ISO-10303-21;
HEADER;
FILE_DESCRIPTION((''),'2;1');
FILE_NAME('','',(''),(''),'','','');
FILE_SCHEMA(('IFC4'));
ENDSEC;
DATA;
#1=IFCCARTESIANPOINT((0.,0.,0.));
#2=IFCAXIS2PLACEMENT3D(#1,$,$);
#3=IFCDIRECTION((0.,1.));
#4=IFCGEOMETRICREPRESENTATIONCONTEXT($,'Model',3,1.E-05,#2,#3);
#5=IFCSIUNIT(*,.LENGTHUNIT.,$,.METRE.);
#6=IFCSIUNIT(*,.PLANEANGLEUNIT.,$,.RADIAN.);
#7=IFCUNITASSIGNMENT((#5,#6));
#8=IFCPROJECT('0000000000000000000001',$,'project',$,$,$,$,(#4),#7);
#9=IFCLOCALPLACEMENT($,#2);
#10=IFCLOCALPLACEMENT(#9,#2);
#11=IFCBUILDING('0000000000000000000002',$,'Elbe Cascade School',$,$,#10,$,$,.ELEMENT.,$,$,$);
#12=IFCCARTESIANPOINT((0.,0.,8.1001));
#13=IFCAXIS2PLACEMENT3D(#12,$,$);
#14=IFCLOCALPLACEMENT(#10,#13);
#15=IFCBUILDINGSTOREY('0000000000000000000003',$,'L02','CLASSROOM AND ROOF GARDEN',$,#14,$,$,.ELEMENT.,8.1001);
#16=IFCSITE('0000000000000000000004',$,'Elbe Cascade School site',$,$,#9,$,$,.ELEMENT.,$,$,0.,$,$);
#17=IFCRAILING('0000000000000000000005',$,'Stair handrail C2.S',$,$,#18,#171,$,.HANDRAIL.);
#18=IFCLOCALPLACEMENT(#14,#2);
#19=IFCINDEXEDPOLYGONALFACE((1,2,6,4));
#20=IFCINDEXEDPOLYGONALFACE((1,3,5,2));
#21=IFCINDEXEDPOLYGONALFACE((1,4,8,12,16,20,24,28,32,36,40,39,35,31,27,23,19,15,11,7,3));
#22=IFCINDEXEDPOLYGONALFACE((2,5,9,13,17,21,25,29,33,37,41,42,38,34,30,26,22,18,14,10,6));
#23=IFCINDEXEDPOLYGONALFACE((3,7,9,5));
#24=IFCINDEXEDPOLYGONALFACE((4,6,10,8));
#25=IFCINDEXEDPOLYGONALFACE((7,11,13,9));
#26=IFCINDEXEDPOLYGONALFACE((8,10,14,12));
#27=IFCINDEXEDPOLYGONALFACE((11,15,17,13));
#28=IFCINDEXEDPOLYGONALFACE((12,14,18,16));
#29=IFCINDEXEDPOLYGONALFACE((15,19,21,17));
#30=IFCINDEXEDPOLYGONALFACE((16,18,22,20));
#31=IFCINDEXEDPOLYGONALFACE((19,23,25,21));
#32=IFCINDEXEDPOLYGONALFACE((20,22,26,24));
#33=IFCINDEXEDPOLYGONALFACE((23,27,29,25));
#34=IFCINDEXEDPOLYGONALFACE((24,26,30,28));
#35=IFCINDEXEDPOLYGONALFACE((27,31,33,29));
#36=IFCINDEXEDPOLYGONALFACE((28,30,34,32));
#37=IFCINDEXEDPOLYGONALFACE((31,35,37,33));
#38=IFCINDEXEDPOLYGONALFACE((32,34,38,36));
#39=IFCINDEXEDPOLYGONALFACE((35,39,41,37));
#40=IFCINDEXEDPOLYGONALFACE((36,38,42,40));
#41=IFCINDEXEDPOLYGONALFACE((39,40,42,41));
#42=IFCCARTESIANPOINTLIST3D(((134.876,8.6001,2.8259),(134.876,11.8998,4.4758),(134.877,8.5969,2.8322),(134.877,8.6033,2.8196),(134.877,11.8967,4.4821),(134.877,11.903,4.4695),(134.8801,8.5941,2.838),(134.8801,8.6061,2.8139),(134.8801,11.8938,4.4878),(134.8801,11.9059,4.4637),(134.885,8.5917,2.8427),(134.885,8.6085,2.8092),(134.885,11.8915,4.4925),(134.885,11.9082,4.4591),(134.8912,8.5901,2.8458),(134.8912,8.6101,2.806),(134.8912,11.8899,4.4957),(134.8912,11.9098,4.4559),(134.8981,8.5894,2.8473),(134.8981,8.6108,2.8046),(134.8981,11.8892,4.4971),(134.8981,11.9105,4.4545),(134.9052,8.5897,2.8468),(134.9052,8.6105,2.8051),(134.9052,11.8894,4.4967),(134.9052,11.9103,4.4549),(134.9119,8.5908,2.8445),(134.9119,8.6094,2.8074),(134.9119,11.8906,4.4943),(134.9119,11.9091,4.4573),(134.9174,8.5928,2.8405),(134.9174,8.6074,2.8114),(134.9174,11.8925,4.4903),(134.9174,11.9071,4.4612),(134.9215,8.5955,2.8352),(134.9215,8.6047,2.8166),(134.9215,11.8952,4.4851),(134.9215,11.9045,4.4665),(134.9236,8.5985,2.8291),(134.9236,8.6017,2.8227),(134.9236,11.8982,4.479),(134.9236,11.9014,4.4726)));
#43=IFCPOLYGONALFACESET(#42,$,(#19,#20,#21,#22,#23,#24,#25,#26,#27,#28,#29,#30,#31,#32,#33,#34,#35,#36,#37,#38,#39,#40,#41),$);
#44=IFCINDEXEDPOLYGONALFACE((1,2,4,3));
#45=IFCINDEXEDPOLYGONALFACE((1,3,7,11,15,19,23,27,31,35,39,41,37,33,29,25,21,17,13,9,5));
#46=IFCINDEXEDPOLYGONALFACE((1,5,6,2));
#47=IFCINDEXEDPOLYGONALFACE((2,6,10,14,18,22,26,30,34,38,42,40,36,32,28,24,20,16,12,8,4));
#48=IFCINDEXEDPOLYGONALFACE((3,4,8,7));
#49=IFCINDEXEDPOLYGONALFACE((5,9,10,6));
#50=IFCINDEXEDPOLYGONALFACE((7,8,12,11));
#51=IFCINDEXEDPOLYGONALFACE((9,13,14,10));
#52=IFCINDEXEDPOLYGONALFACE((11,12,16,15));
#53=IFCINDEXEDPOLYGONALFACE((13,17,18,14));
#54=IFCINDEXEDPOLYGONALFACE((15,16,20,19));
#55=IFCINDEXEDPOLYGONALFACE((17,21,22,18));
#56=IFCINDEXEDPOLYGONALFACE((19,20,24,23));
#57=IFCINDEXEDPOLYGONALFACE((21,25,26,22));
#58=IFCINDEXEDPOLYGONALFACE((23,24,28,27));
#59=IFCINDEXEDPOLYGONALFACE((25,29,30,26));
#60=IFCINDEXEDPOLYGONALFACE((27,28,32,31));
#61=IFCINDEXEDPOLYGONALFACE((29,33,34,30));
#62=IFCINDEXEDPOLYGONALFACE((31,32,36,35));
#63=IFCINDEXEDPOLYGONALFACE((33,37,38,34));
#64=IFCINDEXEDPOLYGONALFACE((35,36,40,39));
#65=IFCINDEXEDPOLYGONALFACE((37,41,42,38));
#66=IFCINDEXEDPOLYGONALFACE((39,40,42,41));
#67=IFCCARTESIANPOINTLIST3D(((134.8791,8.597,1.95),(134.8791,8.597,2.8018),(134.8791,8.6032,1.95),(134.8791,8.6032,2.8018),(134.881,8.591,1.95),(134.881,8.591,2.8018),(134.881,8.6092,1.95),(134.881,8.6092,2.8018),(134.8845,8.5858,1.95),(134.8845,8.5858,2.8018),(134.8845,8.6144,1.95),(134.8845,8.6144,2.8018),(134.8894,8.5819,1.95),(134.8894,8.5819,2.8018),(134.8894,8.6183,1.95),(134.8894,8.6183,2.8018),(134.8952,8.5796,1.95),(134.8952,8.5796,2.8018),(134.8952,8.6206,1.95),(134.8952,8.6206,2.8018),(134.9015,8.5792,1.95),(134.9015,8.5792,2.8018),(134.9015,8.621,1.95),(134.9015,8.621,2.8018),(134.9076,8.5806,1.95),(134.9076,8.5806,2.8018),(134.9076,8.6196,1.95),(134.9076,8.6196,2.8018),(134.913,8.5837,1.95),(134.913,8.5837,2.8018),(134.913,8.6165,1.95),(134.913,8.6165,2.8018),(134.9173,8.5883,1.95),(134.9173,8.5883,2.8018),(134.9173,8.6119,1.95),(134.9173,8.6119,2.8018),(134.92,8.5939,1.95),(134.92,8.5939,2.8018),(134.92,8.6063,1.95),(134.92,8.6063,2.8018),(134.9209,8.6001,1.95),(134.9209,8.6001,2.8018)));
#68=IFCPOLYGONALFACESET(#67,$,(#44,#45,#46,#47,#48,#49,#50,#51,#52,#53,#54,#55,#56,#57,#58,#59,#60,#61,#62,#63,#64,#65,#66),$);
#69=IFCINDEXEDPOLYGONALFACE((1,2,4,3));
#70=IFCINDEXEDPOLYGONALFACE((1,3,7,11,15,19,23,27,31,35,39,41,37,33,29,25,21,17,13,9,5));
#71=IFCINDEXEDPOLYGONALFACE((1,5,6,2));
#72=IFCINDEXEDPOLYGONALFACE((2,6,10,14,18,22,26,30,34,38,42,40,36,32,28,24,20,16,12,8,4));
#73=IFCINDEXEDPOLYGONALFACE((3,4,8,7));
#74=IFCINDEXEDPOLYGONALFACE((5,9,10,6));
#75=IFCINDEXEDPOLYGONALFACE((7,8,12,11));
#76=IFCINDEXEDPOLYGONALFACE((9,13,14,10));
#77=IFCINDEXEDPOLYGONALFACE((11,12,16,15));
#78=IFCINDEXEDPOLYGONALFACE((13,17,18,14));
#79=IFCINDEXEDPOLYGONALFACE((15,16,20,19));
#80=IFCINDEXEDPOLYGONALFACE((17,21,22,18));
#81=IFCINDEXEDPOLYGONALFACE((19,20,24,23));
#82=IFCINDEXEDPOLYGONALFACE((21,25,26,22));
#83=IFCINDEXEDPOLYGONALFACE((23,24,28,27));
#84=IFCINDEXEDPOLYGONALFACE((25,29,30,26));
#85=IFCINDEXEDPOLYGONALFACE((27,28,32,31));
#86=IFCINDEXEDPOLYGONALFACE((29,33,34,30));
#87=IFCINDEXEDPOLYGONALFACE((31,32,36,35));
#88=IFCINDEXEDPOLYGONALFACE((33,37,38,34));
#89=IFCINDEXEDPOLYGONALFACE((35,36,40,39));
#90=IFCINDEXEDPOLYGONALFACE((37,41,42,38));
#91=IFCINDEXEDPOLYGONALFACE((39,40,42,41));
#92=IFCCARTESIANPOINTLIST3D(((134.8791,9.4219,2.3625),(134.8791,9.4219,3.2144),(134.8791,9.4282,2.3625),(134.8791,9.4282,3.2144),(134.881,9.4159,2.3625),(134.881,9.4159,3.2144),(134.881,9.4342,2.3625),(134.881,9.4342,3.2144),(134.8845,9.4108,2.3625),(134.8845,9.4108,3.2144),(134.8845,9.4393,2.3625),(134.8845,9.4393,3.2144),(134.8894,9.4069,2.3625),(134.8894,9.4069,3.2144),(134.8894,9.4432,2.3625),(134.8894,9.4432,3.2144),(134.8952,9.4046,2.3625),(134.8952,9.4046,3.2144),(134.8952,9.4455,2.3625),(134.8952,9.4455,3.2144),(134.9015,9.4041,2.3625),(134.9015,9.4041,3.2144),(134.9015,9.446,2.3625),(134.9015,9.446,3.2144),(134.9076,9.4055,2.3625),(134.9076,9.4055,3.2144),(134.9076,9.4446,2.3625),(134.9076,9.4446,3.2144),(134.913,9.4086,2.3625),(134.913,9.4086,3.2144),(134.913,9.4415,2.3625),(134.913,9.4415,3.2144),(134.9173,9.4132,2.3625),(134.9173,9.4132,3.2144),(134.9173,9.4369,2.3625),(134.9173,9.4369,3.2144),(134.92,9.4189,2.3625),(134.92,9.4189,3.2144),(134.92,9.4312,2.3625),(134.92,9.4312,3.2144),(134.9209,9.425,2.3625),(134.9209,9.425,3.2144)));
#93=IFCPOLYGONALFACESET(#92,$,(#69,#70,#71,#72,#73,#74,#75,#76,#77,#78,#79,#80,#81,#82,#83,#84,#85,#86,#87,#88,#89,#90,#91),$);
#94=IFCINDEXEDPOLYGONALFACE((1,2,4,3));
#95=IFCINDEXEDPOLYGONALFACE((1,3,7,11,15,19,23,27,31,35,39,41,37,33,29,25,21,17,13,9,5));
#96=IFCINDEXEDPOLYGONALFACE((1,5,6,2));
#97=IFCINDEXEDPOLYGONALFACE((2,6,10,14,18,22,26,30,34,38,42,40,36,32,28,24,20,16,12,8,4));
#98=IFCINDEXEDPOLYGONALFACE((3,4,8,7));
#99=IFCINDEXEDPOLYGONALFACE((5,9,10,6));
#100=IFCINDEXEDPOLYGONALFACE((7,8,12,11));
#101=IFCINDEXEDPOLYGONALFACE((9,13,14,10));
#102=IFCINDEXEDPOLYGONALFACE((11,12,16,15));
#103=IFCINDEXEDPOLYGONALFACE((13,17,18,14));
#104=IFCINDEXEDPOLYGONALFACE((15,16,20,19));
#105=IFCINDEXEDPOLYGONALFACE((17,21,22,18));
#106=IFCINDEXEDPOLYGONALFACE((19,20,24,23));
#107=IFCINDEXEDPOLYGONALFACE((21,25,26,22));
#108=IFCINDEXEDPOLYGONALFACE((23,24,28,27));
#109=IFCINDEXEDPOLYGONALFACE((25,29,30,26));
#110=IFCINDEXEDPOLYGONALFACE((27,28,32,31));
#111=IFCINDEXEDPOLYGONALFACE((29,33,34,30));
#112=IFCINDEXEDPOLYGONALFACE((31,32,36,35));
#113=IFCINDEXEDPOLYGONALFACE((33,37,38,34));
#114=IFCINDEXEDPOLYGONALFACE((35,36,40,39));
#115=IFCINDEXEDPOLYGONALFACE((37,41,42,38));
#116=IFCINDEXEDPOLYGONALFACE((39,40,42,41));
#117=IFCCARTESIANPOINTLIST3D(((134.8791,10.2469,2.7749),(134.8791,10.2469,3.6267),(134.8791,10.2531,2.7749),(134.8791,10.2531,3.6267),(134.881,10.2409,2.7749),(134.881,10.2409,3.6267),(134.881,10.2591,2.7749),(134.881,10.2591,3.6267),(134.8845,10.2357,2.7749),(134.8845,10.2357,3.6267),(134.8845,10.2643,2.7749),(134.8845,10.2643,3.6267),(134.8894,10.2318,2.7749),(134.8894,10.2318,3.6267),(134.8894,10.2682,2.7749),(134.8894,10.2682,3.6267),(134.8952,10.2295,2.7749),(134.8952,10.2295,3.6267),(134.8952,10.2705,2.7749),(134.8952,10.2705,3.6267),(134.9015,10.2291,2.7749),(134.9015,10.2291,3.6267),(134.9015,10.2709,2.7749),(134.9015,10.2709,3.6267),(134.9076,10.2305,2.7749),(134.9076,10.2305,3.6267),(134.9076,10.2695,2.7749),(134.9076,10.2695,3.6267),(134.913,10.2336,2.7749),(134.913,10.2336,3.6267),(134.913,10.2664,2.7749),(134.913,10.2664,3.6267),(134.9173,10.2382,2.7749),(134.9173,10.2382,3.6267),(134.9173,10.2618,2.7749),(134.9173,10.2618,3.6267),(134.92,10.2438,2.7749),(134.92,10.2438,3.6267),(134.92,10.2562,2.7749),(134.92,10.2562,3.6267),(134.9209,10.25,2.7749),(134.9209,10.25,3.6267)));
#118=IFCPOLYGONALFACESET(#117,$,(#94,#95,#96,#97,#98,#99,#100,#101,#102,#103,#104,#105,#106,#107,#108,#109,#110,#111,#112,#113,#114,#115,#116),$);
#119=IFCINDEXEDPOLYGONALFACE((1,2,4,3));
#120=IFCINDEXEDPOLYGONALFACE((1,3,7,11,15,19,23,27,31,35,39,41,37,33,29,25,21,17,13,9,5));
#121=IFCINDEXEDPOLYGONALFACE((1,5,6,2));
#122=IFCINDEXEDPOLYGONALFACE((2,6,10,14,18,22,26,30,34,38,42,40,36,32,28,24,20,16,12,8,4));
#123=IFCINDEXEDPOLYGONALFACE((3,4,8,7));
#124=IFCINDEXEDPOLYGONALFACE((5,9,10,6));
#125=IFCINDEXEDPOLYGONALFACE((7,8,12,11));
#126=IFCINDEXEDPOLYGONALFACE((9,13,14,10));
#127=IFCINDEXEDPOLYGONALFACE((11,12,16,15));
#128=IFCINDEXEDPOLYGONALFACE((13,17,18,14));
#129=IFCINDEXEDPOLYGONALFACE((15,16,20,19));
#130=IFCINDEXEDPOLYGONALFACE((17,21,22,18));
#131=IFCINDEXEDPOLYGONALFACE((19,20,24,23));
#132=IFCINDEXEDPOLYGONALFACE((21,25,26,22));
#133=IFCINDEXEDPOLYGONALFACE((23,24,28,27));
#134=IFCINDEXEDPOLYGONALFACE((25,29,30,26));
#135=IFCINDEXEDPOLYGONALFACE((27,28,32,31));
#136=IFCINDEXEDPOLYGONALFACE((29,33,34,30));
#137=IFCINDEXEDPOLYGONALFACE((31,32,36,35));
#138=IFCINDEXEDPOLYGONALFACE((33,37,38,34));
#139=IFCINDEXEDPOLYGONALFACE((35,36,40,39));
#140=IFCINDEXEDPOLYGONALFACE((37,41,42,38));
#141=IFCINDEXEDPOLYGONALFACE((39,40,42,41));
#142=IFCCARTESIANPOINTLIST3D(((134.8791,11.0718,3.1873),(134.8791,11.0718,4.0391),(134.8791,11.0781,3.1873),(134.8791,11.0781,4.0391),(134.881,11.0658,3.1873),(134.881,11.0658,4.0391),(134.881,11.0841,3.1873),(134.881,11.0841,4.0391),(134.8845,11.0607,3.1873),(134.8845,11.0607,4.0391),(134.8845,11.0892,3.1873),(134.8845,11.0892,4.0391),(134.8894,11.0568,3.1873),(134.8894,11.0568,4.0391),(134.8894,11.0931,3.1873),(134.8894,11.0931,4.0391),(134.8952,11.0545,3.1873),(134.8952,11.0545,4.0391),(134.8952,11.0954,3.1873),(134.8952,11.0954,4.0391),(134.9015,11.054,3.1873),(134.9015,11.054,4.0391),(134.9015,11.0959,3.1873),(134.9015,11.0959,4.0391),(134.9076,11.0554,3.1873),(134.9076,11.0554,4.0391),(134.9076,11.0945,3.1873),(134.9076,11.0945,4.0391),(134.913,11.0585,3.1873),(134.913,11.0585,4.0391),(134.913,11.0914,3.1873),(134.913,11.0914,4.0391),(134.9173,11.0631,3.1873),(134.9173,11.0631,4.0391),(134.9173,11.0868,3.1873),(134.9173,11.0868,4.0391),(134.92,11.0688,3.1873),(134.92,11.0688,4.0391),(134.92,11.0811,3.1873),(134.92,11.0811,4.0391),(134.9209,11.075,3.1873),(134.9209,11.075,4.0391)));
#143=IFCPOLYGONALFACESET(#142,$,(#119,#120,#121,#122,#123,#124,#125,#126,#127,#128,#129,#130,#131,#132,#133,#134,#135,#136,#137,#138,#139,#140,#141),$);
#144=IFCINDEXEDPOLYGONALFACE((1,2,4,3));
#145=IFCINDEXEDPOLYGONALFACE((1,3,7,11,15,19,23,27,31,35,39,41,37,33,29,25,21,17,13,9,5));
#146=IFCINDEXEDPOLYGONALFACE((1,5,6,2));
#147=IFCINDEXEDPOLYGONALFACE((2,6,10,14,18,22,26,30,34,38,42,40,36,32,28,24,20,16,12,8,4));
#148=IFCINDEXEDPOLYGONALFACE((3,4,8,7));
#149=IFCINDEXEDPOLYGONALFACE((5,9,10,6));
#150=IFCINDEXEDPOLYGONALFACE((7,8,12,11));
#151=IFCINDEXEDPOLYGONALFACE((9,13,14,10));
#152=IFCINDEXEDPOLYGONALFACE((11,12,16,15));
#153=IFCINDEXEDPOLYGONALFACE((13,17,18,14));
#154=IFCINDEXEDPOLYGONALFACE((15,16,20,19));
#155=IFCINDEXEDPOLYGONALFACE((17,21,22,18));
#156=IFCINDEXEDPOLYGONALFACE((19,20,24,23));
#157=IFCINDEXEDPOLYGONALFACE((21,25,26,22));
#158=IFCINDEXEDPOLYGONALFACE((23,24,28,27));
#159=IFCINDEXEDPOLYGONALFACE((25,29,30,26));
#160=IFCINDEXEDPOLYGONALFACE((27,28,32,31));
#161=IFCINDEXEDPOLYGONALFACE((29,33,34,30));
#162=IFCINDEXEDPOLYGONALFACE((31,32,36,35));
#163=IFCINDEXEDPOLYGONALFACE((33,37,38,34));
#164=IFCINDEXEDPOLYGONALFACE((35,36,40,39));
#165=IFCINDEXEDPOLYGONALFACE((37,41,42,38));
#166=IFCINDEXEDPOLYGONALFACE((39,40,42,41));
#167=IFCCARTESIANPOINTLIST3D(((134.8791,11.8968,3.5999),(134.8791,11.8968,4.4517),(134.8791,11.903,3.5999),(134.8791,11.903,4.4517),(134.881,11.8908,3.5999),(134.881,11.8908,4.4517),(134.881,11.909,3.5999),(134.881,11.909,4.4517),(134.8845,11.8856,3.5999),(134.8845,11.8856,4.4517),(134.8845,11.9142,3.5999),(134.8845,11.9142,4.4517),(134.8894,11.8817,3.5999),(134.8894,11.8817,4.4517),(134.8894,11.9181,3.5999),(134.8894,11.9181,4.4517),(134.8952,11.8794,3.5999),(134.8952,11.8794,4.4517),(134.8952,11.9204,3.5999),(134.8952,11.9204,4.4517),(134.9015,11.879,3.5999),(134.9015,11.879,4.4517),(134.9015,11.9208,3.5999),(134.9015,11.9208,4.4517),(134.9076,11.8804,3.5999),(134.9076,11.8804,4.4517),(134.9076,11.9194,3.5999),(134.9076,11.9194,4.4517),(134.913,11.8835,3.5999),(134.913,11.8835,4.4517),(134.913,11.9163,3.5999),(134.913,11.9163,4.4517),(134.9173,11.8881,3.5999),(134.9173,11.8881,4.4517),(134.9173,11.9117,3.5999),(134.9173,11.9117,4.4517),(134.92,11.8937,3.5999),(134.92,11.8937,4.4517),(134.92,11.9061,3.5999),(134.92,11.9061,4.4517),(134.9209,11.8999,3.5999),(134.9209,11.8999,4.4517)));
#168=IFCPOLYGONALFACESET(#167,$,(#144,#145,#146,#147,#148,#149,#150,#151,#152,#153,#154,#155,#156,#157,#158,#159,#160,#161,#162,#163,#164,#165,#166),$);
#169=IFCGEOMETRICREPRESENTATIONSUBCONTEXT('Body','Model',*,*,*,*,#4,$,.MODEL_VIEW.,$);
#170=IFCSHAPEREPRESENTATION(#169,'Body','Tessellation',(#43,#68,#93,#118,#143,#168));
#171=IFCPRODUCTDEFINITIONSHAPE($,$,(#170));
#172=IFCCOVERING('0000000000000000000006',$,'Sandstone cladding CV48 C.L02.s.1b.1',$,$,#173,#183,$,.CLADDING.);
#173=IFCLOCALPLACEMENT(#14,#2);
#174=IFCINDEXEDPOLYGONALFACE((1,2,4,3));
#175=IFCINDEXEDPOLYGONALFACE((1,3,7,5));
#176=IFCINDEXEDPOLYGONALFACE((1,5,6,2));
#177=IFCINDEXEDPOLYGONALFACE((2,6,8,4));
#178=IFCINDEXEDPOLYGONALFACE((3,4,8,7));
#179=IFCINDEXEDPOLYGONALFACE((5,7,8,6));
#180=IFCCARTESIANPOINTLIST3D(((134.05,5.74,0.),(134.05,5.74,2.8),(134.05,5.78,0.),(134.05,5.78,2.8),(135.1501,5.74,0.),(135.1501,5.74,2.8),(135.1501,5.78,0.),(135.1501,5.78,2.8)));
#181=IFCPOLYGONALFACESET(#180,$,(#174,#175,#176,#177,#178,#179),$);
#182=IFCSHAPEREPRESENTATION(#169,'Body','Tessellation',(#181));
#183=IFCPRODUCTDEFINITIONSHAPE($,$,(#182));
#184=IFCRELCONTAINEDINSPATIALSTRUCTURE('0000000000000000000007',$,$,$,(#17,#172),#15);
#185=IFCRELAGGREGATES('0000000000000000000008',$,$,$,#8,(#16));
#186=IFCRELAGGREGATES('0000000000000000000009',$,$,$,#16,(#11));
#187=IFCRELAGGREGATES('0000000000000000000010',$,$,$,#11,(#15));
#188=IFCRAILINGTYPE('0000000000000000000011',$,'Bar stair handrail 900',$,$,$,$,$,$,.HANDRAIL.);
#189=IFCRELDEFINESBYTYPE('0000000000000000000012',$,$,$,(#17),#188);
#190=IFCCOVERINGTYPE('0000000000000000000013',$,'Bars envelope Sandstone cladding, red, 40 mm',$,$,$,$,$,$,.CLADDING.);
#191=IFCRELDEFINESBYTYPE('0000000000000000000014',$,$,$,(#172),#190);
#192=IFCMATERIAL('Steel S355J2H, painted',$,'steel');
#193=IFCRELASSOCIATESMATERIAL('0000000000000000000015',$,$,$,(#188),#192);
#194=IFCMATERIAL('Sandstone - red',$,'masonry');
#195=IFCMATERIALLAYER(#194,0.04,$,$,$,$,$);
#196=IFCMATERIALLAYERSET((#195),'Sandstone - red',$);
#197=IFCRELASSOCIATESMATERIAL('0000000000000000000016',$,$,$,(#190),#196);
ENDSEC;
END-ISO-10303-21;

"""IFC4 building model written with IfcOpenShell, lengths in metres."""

from ifc_helpers import new_model, si_unit, direction, frame, origin, origin_2d, place, context, subcontext, project, spatial, rectangle, circle, extrude, material, layer, layer_set, type_object, element, save


model = new_model("IFC4")

# Units and contexts
model_context = context("Model", 3, precision=1e-05, world=origin(), true_north=direction((0.0, 1.0)))
body_context = subcontext(model_context, "Body", "Model", "MODEL_VIEW")
ifc_project = project(units=[si_unit("LENGTHUNIT", "METRE"), si_unit("PLANEANGLEUNIT", "RADIAN")], contexts=[model_context])

# Site, building, storey
site_placement = place(None, origin())
site = spatial("IfcSite", under=ifc_project, at=site_placement, Name="Elbe Cascade School site", CompositionType="ELEMENT", RefElevation=0.0)
building_placement = place(site_placement, origin())
building = spatial("IfcBuilding", under=site, at=building_placement, Name="Elbe Cascade School", CompositionType="ELEMENT")
storey_placement = place(building_placement, frame((0.0, 0.0, 8.1001)))
storey = spatial("IfcBuildingStorey", under=building, at=storey_placement, Name="L02", Description="CLASSROOM AND ROOF GARDEN", CompositionType="ELEMENT", Elevation=8.1001)

# Railing
ifc_material_1 = material(Name="Steel S355J2H, painted", Category="steel")
railing_type = type_object("IfcRailingType", Name="Bar stair handrail 900", PredefinedType="HANDRAIL", material=ifc_material_1)
railing_placement = place(storey_placement, frame((134.8999, 8.6001, 1.95)))
element("IfcRailing", 1, at=railing_placement, inside=storey, type_object=railing_type, Name="Stair handrail C2.S", PredefinedType="HANDRAIL", context=body_context, shape_type="SweptSolid", body=[
    extrude(circle(Radius=0.0239, at=origin_2d()), frame((0.0, 0.0, 0.876), z_axis=(0.0, 0.894427, 0.447214), x_axis=(-1.0, 0.0, 0.0)), (0.0, 0.0, 1.0), 3.6892),
    extrude(circle(Radius=0.021, at=origin_2d()), origin(), (0.0, 0.0, 1.0), 0.8518),
    extrude(circle(Radius=0.021, at=origin_2d()), frame((0.0, 0.825, 0.4126)), (0.0, 0.0, 1.0), 0.8518),
    extrude(circle(Radius=0.021, at=origin_2d()), frame((0.0, 1.6499, 0.825)), (0.0, 0.0, 1.0), 0.8518),
    extrude(circle(Radius=0.021, at=origin_2d()), frame((0.0, 2.4749, 1.2373)), (0.0, 0.0, 1.0), 0.8518),
    extrude(circle(Radius=0.021, at=origin_2d()), frame((0.0, 3.2998, 1.6499)), (0.0, 0.0, 1.0), 0.8518),
])

# Covering
ifc_material_2 = material(Name="Sandstone - red", Category="masonry")
ifc_layer_1 = layer(ifc_material_2, 0.04)
ifc_layer_set_1 = layer_set([ifc_layer_1], Name="Sandstone - red")
covering_type = type_object("IfcCoveringType", Name="Bars envelope Sandstone cladding, red, 40 mm", PredefinedType="CLADDING", material=ifc_layer_set_1)
covering_placement = place(storey_placement, frame((134.6001, 5.76, 0.0), z_axis=(0.0, 0.0, 1.0), x_axis=(1.0, 0.0, 0.0)))
element("IfcCovering", 2, at=covering_placement, inside=storey, type_object=covering_type, Name="Sandstone cladding CV48 C.L02.s.1b.1", PredefinedType="CLADDING", context=body_context, shape_type="SweptSolid", body=[
    extrude(rectangle(XDim=1.1001, YDim=0.04, at=origin_2d()), origin(), (0.0, 0.0, 1.0), 2.8),
])

save(model, "model.ifc")
